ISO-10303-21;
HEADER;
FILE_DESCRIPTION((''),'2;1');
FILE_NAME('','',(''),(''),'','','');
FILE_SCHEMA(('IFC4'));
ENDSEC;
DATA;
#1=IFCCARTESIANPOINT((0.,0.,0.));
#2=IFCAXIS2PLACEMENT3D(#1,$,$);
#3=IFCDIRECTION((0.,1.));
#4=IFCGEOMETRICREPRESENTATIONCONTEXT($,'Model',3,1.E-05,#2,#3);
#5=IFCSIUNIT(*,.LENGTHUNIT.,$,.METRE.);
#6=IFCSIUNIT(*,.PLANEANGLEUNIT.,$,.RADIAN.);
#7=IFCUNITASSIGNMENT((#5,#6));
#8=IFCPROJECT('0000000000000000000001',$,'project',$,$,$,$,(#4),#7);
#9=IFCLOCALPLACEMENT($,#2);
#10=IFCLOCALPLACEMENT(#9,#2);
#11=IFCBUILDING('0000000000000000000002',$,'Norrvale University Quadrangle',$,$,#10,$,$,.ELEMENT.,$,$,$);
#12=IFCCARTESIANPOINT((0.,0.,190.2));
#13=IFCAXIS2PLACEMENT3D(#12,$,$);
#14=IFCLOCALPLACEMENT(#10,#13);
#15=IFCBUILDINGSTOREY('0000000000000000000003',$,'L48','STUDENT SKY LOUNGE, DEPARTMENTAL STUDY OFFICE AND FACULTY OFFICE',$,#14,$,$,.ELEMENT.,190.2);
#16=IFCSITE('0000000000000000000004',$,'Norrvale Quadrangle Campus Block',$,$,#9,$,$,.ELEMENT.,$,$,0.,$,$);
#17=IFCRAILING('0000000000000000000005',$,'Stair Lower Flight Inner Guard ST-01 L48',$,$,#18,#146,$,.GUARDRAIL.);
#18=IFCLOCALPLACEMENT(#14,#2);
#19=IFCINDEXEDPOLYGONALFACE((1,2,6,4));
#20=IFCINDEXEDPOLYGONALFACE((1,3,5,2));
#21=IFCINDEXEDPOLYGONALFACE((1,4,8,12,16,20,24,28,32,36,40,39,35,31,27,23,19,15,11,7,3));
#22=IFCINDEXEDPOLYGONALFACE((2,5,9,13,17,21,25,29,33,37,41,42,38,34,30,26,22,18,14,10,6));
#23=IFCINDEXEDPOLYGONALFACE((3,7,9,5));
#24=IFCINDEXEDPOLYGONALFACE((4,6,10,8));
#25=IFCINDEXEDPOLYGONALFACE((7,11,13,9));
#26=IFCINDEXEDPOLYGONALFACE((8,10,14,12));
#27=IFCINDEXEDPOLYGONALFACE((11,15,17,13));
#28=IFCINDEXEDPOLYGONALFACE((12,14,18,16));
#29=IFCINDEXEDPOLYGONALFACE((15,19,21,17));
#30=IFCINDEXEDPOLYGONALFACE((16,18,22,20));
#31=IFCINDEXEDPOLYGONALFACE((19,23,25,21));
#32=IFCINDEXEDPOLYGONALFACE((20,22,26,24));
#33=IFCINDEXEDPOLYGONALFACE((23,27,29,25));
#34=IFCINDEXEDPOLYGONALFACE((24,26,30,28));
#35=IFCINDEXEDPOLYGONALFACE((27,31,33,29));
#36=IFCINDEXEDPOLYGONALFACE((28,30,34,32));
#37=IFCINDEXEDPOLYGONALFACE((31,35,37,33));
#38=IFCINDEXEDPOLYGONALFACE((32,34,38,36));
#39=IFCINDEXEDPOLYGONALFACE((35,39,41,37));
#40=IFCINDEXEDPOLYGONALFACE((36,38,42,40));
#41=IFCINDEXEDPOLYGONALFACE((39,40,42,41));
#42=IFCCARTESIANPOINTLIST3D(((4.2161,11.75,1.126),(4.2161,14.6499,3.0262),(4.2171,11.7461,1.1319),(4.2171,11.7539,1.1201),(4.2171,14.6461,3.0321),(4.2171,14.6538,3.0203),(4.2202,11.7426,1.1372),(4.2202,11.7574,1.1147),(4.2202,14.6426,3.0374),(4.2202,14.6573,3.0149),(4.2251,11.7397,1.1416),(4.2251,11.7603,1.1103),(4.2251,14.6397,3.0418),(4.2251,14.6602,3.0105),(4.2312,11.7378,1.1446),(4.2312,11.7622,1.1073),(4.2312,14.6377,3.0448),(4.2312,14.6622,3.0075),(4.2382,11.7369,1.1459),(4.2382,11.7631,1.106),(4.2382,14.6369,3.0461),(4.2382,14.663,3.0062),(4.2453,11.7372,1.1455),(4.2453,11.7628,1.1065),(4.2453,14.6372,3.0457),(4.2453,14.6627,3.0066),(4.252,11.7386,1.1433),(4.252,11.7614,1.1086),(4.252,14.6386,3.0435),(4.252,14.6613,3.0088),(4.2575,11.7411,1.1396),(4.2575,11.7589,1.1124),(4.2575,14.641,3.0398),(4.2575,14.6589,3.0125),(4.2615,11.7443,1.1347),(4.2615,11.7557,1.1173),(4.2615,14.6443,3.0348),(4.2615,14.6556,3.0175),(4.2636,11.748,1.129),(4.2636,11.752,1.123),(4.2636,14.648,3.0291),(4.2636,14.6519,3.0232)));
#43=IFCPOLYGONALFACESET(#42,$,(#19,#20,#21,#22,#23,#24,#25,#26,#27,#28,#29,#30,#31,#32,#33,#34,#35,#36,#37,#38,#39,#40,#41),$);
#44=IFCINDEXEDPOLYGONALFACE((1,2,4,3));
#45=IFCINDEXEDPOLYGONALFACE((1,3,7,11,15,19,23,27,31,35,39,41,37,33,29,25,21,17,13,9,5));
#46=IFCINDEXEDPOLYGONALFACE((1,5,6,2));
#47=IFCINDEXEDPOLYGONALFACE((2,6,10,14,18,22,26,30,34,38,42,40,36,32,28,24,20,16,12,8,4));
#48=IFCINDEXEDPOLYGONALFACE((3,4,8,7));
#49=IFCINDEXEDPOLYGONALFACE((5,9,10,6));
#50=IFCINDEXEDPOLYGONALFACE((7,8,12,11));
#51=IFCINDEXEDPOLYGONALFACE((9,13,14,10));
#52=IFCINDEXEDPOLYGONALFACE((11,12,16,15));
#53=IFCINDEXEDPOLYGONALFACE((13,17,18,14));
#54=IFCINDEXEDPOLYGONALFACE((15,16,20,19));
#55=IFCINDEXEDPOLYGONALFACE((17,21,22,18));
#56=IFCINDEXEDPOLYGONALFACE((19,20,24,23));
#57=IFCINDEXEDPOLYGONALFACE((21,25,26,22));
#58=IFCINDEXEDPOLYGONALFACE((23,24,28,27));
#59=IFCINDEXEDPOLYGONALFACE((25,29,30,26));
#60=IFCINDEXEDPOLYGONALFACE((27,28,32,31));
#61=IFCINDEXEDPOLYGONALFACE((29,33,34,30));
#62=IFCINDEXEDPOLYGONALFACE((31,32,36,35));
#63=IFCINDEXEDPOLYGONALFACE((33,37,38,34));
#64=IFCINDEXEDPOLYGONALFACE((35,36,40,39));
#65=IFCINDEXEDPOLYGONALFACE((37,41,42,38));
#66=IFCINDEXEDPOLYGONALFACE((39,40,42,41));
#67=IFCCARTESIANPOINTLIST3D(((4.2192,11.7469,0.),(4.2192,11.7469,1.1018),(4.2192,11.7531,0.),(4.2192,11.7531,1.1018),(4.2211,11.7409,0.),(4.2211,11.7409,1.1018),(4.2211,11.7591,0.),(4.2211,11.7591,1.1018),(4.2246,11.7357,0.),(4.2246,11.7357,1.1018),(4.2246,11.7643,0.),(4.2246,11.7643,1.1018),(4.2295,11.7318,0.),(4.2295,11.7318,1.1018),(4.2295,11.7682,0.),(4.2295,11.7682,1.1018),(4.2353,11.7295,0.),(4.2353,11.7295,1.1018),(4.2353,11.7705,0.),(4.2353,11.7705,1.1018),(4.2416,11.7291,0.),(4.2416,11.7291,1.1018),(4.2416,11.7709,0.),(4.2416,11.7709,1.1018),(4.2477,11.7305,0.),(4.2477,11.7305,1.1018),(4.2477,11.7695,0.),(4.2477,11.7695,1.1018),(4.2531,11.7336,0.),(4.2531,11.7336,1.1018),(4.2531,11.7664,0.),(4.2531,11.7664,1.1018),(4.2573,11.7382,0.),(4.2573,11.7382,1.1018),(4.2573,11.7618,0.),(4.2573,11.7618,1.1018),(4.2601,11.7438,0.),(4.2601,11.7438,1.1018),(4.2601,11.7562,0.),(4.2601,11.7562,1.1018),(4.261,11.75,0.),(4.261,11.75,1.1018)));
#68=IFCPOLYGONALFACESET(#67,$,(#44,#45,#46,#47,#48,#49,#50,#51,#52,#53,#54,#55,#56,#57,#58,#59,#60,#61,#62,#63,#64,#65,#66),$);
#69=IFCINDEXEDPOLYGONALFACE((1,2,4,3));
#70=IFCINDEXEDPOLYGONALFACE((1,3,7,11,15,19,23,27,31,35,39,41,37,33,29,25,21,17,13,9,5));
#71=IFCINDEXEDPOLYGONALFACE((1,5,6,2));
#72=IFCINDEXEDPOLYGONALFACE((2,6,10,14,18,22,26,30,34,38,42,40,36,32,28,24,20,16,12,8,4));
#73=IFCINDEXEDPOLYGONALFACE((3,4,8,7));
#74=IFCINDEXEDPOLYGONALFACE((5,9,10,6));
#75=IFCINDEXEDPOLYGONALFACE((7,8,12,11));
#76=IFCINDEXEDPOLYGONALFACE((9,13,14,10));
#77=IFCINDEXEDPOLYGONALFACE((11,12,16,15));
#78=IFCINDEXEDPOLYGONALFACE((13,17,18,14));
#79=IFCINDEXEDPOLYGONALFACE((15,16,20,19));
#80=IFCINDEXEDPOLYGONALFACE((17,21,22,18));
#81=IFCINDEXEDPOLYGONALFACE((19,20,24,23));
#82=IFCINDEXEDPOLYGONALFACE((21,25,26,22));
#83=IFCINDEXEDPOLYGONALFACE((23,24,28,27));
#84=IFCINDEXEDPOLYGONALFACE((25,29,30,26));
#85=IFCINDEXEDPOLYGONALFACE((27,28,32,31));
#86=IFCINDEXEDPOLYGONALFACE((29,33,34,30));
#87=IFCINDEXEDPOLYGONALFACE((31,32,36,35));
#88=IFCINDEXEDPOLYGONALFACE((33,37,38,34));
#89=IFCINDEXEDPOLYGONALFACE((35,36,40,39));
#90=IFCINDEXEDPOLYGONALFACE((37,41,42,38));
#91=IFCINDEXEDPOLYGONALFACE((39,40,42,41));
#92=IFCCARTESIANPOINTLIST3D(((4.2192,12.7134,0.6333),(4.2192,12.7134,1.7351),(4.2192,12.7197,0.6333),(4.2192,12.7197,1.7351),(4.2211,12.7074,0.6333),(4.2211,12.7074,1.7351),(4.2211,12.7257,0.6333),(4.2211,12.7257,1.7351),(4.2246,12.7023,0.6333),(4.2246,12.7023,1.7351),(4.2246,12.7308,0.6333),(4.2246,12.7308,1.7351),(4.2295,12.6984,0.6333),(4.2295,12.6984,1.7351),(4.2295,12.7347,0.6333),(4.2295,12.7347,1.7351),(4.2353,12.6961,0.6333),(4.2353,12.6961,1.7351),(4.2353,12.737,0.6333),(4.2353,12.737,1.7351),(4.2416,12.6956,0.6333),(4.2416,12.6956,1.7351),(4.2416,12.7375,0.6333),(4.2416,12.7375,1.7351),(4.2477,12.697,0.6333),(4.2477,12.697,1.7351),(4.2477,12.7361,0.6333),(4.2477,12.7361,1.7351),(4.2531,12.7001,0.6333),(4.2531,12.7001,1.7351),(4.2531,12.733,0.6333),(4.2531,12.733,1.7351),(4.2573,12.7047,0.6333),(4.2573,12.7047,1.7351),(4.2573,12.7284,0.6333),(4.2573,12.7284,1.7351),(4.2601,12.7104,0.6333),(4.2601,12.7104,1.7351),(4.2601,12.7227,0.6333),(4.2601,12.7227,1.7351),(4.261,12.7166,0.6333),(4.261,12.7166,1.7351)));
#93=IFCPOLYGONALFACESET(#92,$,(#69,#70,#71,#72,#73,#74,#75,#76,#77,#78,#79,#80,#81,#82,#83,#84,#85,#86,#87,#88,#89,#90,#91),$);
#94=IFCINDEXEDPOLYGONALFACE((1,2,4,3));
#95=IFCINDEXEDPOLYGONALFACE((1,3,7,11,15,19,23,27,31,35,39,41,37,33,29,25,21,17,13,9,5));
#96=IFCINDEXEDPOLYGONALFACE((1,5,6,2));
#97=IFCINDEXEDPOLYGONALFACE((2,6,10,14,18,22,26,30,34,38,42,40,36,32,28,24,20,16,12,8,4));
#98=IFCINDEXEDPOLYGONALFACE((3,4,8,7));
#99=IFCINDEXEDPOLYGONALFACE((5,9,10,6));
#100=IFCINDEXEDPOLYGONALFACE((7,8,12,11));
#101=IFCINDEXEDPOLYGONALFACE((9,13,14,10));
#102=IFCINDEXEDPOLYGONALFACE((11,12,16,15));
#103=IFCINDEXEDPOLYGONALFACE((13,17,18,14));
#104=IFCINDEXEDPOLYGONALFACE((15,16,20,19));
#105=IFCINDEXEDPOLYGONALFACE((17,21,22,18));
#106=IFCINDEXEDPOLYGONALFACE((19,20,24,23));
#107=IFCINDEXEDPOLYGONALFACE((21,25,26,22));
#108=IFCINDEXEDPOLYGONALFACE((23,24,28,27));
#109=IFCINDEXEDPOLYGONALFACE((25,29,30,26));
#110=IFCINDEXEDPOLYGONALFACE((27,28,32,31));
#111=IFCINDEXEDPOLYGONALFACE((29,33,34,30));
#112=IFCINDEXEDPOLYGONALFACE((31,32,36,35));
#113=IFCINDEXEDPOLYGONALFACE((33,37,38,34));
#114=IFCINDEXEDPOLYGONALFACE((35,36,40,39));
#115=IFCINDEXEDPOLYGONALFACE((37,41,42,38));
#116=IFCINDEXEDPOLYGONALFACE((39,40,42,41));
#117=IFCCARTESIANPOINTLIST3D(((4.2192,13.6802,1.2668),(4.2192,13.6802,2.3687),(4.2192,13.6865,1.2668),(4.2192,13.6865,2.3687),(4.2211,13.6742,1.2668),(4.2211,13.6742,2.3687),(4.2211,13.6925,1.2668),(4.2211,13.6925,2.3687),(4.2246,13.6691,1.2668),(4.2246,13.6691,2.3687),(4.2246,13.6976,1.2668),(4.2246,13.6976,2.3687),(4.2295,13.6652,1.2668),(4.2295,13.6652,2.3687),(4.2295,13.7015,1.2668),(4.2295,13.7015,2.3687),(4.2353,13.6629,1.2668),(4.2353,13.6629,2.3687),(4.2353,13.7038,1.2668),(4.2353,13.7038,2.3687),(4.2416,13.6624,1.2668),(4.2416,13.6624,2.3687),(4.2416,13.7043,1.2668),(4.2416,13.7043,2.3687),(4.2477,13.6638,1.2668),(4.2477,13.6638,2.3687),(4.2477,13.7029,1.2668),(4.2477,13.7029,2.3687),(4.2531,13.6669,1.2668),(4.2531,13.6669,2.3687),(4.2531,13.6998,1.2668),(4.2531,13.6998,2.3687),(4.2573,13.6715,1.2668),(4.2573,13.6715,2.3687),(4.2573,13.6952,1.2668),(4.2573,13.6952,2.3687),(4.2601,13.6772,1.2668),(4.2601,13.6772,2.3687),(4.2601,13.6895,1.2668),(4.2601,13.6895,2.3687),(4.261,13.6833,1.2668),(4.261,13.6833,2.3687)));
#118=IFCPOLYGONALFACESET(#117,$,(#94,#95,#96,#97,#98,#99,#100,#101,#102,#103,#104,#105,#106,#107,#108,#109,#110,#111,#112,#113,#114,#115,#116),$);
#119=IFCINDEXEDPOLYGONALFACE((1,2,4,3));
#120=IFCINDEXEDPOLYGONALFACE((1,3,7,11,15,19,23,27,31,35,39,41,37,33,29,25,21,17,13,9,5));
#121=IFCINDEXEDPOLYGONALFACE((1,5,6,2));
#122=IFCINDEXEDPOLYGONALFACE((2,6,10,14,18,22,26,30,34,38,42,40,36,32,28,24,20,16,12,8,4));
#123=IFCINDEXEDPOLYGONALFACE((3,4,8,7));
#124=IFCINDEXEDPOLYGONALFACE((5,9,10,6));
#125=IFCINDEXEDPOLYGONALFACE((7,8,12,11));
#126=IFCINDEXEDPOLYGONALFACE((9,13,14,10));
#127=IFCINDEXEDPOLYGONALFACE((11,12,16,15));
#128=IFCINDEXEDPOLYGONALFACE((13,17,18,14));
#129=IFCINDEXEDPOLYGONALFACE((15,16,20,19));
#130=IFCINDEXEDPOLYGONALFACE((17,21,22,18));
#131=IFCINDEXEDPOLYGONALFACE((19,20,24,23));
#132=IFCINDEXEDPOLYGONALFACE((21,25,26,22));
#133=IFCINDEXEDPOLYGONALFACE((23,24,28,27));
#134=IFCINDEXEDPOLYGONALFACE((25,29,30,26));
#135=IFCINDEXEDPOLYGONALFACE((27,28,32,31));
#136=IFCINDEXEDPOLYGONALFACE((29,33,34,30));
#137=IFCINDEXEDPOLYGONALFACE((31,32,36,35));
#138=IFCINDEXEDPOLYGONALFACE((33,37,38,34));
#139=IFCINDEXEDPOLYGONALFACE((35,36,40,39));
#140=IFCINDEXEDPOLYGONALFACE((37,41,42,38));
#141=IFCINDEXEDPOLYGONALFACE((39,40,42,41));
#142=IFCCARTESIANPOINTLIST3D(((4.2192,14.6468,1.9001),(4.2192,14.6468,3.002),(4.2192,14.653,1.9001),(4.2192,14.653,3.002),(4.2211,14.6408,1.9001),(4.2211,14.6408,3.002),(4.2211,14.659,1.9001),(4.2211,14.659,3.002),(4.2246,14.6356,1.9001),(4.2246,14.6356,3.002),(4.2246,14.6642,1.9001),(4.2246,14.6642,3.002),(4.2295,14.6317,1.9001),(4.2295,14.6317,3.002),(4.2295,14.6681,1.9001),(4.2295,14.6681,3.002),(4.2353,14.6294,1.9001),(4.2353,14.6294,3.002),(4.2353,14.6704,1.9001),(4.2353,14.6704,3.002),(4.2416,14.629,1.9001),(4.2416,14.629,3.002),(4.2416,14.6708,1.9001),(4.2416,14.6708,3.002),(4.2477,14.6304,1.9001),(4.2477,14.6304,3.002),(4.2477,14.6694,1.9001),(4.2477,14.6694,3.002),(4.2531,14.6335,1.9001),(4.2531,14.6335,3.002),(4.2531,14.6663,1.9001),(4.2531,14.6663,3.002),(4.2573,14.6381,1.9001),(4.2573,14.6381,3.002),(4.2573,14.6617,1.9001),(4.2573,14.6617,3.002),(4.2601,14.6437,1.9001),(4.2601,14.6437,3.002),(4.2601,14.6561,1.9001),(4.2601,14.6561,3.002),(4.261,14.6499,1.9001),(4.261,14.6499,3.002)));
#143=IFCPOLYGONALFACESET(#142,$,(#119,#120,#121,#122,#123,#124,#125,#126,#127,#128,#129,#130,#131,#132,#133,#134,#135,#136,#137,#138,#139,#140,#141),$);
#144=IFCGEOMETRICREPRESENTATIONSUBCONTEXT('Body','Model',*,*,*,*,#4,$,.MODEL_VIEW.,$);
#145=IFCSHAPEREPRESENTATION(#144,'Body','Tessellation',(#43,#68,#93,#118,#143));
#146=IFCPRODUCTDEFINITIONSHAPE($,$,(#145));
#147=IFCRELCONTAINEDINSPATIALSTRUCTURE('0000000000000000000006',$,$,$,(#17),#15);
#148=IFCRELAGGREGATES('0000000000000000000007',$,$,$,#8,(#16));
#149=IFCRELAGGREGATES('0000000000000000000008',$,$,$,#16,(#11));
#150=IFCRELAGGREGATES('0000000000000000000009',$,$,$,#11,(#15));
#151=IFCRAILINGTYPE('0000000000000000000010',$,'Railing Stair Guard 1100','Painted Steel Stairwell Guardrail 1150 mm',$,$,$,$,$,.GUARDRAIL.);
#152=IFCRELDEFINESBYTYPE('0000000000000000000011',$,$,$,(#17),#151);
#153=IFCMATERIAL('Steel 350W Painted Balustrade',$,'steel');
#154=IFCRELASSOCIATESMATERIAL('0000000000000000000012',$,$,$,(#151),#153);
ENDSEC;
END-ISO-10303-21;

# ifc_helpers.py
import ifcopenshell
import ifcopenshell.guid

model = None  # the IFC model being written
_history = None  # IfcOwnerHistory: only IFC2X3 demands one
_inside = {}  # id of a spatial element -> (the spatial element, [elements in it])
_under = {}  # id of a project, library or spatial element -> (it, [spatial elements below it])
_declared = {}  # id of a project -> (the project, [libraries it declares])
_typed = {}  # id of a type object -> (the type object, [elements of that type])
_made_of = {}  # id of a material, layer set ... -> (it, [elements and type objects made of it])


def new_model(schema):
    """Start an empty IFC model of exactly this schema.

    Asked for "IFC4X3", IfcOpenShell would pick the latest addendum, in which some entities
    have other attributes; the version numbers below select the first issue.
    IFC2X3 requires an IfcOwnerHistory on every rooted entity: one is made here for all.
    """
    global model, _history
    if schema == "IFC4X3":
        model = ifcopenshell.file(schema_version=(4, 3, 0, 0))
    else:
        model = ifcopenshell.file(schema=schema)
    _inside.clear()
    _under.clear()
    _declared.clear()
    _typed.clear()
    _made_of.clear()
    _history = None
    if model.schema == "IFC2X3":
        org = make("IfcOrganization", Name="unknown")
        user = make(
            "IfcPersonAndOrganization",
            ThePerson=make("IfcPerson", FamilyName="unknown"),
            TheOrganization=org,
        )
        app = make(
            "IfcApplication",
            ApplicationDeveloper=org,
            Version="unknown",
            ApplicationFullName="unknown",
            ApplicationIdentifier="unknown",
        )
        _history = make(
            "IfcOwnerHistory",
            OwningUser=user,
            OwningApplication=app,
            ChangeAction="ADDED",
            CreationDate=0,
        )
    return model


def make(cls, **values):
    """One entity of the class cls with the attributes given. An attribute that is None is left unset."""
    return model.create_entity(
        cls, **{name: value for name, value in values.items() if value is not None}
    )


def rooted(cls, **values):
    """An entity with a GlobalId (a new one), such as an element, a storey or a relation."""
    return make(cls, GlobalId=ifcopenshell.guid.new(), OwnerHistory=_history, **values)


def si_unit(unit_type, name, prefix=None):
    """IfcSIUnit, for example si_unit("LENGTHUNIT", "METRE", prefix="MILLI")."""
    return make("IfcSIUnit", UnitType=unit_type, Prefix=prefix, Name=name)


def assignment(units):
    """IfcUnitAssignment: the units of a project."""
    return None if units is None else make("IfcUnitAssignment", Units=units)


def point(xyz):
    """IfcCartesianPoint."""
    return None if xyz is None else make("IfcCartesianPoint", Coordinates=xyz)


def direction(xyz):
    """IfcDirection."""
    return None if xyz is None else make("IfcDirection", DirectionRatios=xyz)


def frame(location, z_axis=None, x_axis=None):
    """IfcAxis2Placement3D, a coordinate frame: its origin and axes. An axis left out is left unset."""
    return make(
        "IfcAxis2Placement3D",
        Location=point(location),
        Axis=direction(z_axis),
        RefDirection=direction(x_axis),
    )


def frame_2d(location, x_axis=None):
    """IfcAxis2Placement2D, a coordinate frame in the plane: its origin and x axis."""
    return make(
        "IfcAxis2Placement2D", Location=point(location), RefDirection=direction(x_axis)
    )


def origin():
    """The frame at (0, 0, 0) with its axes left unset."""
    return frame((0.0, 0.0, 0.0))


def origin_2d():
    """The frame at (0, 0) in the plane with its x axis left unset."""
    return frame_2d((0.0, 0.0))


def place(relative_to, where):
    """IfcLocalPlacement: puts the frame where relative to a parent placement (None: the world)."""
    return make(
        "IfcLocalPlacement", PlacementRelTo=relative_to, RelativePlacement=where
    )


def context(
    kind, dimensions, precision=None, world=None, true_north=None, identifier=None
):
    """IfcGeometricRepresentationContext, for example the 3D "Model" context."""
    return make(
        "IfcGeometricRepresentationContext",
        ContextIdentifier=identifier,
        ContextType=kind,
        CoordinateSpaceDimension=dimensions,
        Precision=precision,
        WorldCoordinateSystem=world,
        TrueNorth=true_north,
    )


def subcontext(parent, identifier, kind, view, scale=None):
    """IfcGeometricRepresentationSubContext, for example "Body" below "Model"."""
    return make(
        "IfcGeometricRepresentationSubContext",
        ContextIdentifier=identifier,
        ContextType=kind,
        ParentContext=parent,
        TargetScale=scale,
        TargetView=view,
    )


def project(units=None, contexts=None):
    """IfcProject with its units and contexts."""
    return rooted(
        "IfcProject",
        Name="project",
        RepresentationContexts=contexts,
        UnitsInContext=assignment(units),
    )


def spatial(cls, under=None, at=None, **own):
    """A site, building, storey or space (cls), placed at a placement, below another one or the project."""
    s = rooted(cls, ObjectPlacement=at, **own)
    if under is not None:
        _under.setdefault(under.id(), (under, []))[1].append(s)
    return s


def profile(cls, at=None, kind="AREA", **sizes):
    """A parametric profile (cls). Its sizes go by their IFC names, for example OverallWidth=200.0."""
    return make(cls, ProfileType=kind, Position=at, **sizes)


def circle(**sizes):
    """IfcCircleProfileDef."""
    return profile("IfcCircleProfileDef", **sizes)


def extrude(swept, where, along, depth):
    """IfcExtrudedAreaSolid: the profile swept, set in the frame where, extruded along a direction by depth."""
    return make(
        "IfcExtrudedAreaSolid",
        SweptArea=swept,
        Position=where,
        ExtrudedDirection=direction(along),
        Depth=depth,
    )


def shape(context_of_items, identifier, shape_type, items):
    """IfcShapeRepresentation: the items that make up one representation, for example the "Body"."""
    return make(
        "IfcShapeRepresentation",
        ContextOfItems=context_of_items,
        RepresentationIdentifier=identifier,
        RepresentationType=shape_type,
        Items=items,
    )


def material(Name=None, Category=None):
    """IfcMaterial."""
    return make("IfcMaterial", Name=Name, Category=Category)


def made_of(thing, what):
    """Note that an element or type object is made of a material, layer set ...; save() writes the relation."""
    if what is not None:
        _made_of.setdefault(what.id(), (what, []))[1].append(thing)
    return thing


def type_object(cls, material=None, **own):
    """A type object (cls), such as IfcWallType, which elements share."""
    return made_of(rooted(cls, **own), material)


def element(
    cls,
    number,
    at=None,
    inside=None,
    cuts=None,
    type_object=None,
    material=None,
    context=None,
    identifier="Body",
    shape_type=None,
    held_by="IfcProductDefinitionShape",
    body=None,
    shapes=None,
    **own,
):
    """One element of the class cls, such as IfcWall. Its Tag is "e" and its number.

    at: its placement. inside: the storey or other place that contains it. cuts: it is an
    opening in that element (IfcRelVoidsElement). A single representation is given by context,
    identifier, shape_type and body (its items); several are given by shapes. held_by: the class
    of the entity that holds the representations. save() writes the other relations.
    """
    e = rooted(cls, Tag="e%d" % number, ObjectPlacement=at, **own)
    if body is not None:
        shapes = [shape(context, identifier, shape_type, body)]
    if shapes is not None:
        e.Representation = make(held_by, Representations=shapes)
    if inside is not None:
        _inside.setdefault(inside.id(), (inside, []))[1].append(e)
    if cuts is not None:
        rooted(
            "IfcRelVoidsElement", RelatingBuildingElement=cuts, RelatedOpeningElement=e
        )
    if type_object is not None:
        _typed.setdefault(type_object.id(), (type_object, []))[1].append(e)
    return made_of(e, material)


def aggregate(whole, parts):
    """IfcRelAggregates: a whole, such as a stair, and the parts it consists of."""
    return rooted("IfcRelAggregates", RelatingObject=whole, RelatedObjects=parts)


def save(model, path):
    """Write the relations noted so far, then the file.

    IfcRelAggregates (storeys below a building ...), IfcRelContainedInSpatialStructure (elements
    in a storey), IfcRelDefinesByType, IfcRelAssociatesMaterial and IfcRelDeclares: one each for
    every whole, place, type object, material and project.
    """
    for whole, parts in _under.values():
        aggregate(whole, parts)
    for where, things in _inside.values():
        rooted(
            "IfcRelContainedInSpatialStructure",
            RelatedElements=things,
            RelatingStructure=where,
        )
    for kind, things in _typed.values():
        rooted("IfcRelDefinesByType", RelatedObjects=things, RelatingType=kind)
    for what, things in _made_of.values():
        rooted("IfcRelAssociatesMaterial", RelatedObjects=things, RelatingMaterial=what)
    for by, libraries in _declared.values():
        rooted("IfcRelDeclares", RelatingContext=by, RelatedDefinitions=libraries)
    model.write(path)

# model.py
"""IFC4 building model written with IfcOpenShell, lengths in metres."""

from ifc_helpers import new_model, si_unit, direction, frame, origin, origin_2d, place, context, subcontext, project, spatial, circle, extrude, material, type_object, element, save


model = new_model("IFC4")

# Units and contexts
model_context = context("Model", 3, precision=1e-05, world=origin(), true_north=direction((0.0, 1.0)))
body_context = subcontext(model_context, "Body", "Model", "MODEL_VIEW")
ifc_project = project(units=[si_unit("LENGTHUNIT", "METRE"), si_unit("PLANEANGLEUNIT", "RADIAN")], contexts=[model_context])

# Site, building, storey
site_placement = place(None, origin())
site = spatial("IfcSite", under=ifc_project, at=site_placement, Name="Norrvale Quadrangle Campus Block", CompositionType="ELEMENT", RefElevation=0.0)
building_placement = place(site_placement, origin())
building = spatial("IfcBuilding", under=site, at=building_placement, Name="Norrvale University Quadrangle", CompositionType="ELEMENT")
storey_placement = place(building_placement, frame((0.0, 0.0, 190.2)))
storey = spatial("IfcBuildingStorey", under=building, at=storey_placement, Name="L48", Description="STUDENT SKY LOUNGE, DEPARTMENTAL STUDY OFFICE AND FACULTY OFFICE", CompositionType="ELEMENT", Elevation=190.2)

# Railing
ifc_material_1 = material(Name="Steel 350W Painted Balustrade", Category="steel")
railing_type_1 = type_object("IfcRailingType", Name="Railing Stair Guard 1100", Description="Painted Steel Stairwell Guardrail 1150 mm", PredefinedType="GUARDRAIL", material=ifc_material_1)
railing_1_placement = place(storey_placement, frame((4.24, 11.75, 0.0)))
element("IfcRailing", 1, at=railing_1_placement, inside=storey, type_object=railing_type_1, Name="Stair Lower Flight Inner Guard ST-01 L48", PredefinedType="GUARDRAIL", context=body_context, shape_type="SweptSolid", body=[
    extrude(circle(Radius=0.0239, at=origin_2d()), frame((0.0, 0.0, 1.126), z_axis=(0.0, 0.836433, 0.548069), x_axis=(-1.0, 0.0, 0.0)), (0.0, 0.0, 1.0), 3.467),
    extrude(circle(Radius=0.021, at=origin_2d()), origin(), (0.0, 0.0, 1.0), 1.1018),
    extrude(circle(Radius=0.021, at=origin_2d()), frame((0.0, 0.9666, 0.6333)), (0.0, 0.0, 1.0), 1.1018),
    extrude(circle(Radius=0.021, at=origin_2d()), frame((0.0, 1.9333, 1.2668)), (0.0, 0.0, 1.0), 1.1018),
    extrude(circle(Radius=0.021, at=origin_2d()), frame((0.0, 2.8999, 1.9001)), (0.0, 0.0, 1.0), 1.1018),
])

save(model, "model.ifc")
